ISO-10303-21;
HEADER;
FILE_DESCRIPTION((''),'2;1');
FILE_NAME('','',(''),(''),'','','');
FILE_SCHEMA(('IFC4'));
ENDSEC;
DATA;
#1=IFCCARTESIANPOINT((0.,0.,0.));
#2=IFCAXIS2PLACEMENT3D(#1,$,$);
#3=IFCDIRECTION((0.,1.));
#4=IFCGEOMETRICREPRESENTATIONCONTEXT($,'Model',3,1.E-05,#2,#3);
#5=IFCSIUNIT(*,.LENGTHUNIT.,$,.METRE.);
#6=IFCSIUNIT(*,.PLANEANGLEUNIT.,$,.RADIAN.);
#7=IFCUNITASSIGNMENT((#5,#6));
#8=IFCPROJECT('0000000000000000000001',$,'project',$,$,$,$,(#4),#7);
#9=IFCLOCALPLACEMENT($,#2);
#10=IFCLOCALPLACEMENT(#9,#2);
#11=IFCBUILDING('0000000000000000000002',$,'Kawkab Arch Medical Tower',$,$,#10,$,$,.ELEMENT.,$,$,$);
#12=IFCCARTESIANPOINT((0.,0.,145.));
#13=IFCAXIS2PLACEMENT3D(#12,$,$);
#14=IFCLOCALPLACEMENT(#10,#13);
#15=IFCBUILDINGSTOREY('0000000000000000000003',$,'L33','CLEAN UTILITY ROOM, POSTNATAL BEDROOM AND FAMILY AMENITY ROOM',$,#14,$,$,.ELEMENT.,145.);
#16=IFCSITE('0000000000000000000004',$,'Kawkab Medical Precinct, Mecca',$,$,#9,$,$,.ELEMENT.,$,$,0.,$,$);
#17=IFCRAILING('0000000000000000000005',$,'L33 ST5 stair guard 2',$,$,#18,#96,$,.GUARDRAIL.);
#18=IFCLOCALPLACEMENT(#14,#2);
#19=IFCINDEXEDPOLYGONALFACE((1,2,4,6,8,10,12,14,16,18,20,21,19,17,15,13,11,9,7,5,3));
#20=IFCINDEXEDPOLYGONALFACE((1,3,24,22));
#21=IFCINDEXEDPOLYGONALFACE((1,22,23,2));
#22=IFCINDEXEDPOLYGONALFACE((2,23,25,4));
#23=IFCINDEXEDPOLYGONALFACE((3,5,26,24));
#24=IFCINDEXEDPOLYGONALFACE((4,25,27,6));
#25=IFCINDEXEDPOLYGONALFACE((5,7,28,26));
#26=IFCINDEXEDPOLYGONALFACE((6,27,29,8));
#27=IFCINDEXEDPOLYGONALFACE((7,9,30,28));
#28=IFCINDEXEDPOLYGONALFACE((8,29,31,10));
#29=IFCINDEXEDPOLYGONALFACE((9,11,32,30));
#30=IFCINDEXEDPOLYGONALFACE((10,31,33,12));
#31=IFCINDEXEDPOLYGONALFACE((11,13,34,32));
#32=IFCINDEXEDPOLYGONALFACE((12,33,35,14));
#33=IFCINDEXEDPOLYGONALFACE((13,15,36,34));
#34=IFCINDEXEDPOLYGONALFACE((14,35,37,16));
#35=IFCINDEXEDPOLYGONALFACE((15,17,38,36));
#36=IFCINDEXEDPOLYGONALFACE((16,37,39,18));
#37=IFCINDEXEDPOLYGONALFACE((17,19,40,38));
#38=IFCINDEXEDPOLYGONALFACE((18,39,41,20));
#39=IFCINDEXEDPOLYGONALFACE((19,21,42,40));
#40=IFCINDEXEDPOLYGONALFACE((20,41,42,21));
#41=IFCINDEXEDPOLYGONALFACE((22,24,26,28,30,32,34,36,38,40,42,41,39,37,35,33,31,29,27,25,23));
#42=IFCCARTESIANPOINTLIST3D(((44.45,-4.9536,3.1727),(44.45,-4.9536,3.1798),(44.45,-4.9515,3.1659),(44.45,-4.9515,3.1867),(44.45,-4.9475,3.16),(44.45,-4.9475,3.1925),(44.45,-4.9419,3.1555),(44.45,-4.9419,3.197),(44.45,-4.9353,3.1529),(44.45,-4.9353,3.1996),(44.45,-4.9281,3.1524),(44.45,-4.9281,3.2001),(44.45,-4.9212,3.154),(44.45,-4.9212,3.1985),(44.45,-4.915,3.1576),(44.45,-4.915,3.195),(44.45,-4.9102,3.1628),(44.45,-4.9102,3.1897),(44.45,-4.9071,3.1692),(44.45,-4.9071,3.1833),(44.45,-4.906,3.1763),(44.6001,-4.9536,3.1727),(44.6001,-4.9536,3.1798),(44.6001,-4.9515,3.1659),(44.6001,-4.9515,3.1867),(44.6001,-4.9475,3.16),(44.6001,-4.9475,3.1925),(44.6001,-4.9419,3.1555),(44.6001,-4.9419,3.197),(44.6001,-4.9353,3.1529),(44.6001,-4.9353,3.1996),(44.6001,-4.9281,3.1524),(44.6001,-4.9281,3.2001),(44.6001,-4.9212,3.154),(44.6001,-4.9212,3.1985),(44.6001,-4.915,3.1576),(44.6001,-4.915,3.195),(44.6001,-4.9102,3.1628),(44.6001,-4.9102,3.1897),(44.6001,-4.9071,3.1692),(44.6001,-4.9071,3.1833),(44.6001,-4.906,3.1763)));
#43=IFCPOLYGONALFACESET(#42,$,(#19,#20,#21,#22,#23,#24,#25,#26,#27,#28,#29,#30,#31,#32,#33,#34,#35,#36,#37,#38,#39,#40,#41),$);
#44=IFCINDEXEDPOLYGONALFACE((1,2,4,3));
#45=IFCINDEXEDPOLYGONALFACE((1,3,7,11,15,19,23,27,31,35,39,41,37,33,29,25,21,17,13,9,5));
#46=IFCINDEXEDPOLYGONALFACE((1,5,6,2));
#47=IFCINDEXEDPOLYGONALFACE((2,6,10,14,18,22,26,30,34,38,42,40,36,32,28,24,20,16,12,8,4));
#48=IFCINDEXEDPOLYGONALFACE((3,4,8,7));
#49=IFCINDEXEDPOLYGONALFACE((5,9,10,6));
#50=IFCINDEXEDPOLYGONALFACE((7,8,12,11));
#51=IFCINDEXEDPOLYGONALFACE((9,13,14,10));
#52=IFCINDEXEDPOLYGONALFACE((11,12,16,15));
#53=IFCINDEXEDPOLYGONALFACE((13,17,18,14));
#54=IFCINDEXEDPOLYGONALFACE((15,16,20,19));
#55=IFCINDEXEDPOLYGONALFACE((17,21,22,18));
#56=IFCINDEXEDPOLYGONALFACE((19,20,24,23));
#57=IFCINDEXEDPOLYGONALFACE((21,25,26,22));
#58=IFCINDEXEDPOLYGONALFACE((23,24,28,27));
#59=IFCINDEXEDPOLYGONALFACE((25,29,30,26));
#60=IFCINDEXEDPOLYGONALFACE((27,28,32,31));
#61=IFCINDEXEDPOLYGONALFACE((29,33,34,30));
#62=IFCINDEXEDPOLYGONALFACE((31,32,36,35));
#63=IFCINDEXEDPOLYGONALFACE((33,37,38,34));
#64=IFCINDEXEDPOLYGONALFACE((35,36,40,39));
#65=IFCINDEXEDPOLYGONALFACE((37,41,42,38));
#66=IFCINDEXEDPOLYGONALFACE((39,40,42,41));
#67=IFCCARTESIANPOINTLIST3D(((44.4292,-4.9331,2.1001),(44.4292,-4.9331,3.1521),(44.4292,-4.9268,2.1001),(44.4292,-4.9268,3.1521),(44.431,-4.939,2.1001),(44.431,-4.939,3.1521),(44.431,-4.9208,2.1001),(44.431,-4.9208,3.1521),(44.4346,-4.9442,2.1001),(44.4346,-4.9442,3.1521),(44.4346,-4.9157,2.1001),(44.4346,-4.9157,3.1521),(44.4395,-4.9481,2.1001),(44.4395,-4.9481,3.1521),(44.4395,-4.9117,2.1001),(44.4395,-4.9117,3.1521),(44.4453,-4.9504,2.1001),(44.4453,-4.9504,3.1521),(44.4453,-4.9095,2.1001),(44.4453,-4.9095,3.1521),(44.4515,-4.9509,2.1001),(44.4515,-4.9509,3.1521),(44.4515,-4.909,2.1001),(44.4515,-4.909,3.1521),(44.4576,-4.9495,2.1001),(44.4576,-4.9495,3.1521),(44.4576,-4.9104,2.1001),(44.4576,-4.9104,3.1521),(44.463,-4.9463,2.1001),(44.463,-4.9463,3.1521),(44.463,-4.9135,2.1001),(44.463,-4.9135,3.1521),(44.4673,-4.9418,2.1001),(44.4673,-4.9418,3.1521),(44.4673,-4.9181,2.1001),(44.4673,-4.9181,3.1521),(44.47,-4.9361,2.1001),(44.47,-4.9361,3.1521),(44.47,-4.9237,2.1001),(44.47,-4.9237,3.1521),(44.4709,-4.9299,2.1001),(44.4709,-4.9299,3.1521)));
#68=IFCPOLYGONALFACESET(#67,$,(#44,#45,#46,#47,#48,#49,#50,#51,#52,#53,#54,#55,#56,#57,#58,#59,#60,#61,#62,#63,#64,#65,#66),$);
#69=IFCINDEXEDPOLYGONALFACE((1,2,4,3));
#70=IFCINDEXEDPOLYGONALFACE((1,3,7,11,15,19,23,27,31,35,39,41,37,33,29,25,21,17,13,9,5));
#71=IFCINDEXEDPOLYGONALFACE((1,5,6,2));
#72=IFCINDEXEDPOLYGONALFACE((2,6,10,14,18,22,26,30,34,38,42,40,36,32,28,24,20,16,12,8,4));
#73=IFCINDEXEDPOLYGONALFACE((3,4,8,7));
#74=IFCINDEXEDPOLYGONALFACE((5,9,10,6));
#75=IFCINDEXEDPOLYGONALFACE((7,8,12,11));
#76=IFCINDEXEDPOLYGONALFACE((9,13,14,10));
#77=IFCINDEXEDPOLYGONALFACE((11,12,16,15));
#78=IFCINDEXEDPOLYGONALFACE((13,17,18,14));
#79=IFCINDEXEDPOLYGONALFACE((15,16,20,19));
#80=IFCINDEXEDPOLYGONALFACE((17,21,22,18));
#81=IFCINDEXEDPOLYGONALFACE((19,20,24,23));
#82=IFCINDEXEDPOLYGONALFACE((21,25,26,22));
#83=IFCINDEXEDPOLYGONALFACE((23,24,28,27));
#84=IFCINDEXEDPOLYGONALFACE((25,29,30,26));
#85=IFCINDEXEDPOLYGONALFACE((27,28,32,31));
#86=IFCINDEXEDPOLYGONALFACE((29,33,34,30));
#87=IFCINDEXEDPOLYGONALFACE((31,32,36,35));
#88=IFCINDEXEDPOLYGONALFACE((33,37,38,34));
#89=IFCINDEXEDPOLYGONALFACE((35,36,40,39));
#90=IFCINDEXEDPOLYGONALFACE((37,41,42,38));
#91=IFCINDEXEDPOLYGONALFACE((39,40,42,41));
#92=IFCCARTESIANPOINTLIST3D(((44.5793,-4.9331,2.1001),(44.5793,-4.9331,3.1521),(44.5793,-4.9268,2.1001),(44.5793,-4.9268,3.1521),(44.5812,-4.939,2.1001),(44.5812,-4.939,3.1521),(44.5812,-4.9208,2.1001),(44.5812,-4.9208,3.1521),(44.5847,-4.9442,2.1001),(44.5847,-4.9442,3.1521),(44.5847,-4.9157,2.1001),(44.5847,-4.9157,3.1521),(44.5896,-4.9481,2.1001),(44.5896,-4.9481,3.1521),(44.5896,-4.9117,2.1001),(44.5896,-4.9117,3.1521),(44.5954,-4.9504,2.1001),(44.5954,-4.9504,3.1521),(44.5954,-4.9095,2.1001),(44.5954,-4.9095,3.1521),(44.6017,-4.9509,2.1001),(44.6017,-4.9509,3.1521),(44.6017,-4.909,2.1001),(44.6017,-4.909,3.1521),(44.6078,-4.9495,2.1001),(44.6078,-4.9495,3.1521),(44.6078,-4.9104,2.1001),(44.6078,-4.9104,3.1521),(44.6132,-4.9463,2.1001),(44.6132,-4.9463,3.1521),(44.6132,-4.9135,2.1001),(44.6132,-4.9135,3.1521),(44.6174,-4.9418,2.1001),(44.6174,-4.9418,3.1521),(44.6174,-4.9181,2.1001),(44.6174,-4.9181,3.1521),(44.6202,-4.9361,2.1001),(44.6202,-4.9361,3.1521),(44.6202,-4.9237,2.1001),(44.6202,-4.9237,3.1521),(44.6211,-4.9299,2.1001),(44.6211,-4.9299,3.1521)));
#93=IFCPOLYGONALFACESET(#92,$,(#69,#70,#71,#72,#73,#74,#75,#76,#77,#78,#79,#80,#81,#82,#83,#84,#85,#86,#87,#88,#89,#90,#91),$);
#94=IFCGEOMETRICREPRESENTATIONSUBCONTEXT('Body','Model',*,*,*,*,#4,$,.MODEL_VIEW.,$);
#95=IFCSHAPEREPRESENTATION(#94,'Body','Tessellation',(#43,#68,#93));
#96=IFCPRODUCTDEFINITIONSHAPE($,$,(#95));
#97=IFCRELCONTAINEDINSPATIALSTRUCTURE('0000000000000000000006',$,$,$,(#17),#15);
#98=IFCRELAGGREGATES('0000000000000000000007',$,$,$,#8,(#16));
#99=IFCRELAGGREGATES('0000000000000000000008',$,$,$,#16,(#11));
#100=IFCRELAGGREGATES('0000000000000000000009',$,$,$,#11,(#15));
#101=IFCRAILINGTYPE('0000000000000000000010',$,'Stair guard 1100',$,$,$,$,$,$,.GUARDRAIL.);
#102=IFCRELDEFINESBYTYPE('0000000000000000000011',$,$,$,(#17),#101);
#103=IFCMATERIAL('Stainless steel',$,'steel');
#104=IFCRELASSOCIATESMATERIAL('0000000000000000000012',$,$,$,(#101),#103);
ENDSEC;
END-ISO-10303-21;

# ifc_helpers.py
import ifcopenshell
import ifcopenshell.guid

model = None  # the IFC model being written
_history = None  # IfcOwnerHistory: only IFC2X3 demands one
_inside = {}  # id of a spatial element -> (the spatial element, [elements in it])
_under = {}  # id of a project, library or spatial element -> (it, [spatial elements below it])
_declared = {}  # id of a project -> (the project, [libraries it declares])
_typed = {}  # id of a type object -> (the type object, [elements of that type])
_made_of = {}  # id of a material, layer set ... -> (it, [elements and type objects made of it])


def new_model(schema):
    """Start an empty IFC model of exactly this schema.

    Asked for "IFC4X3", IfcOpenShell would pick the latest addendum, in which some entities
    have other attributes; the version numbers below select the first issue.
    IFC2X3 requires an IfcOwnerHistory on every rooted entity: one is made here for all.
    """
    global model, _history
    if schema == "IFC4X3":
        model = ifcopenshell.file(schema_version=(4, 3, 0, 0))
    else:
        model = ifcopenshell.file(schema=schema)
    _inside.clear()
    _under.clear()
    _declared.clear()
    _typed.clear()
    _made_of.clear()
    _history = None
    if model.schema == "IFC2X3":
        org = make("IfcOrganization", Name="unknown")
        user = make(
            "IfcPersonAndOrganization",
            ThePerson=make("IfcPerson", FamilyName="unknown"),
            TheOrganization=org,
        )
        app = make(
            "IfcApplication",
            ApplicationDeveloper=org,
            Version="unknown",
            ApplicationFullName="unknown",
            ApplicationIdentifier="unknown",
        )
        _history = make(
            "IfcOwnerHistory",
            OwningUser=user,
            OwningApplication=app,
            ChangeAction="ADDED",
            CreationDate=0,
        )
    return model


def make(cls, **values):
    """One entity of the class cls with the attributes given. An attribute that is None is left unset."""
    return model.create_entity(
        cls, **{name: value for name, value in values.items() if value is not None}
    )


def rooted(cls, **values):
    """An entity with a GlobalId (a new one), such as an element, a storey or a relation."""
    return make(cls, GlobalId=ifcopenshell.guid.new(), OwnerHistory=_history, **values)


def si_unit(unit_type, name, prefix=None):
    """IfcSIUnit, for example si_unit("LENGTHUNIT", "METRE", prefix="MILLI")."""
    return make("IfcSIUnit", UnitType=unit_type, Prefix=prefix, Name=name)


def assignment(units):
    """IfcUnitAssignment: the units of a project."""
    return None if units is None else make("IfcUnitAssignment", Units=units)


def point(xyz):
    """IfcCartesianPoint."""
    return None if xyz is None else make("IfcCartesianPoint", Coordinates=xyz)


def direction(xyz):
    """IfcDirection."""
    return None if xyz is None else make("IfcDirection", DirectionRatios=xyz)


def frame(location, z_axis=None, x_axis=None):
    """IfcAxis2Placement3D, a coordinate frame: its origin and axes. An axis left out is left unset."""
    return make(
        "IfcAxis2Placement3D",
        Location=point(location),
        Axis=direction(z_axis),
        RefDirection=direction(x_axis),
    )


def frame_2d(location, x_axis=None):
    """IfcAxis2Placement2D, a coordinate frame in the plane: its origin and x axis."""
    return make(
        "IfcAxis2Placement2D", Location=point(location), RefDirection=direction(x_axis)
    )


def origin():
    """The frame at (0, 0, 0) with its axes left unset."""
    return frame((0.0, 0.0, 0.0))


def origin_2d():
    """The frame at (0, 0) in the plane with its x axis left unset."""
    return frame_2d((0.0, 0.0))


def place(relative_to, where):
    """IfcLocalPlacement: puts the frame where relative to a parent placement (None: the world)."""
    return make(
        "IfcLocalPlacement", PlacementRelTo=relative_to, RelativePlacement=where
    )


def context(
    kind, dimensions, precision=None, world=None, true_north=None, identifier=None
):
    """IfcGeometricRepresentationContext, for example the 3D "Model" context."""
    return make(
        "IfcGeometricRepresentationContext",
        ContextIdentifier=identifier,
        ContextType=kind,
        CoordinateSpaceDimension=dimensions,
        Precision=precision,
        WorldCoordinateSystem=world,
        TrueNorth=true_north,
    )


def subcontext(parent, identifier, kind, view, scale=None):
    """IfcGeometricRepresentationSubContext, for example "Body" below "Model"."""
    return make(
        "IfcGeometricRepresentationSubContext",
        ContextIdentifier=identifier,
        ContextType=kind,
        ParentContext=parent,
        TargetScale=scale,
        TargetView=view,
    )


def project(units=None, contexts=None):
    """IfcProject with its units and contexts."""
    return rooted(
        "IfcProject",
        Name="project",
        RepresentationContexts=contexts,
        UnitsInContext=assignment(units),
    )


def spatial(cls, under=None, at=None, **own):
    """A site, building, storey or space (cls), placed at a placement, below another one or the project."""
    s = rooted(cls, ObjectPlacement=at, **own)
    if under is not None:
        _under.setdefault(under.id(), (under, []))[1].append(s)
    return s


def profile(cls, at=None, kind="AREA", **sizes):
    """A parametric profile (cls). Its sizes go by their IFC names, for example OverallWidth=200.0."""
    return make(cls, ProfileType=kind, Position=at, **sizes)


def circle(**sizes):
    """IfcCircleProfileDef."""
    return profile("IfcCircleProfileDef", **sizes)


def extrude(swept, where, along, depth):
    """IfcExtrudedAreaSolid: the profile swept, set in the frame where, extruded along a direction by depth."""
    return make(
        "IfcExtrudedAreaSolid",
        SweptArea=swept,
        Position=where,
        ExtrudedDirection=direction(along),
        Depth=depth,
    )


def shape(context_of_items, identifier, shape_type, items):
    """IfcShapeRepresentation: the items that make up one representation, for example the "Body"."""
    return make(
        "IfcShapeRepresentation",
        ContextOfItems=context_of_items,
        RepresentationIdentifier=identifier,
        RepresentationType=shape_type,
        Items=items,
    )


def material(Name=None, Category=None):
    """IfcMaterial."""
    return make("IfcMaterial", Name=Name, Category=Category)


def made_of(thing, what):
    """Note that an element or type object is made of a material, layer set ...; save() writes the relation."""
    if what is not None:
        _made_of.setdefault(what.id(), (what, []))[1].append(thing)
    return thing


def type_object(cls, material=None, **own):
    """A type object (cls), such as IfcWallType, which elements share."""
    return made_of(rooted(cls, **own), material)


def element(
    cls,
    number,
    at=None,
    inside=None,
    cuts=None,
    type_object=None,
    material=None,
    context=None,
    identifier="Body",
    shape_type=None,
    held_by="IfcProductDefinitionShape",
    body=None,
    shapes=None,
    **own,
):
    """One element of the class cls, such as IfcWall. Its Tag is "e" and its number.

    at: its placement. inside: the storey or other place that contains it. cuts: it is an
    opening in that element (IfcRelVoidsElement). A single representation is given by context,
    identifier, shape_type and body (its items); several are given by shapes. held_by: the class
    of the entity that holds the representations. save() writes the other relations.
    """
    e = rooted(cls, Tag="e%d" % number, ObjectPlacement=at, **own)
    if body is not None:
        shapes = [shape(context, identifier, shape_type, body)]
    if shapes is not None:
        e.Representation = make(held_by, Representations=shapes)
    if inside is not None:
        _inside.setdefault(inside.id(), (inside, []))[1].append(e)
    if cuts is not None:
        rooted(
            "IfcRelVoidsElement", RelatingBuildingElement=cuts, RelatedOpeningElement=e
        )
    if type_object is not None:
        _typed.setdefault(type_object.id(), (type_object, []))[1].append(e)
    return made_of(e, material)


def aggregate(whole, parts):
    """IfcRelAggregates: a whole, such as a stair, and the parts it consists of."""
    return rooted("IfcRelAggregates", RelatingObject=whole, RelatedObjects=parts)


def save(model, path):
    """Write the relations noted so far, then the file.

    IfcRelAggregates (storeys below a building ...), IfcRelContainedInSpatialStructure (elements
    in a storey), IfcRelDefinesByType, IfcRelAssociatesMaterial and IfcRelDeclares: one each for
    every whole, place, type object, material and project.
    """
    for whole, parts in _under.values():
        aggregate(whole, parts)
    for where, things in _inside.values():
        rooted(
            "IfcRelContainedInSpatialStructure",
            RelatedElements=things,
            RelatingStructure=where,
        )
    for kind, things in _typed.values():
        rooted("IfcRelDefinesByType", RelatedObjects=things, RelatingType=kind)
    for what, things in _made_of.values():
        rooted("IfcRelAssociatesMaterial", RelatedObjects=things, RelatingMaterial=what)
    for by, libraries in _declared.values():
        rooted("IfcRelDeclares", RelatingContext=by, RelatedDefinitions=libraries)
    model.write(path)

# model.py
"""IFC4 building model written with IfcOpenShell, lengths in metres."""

from ifc_helpers import new_model, si_unit, direction, frame, origin, origin_2d, place, context, subcontext, project, spatial, circle, extrude, material, type_object, element, save


model = new_model("IFC4")

# Units and contexts
model_context = context("Model", 3, precision=1e-05, world=origin(), true_north=direction((0.0, 1.0)))
body_context = subcontext(model_context, "Body", "Model", "MODEL_VIEW")
ifc_project = project(units=[si_unit("LENGTHUNIT", "METRE"), si_unit("PLANEANGLEUNIT", "RADIAN")], contexts=[model_context])

# Site, building, storey
site_placement = place(None, origin())
site = spatial("IfcSite", under=ifc_project, at=site_placement, Name="Kawkab Medical Precinct, Mecca", CompositionType="ELEMENT", RefElevation=0.0)
building_placement = place(site_placement, origin())
building = spatial("IfcBuilding", under=site, at=building_placement, Name="Kawkab Arch Medical Tower", CompositionType="ELEMENT")
storey_placement = place(building_placement, frame((0.0, 0.0, 145.0)))
storey = spatial("IfcBuildingStorey", under=building, at=storey_placement, Name="L33", Description="CLEAN UTILITY ROOM, POSTNATAL BEDROOM AND FAMILY AMENITY ROOM", CompositionType="ELEMENT", Elevation=145.0)

# Railing
ifc_material_1 = material(Name="Stainless steel", Category="steel")
railing_type = type_object("IfcRailingType", Name="Stair guard 1100", PredefinedType="GUARDRAIL", material=ifc_material_1)
railing_1_placement = place(storey_placement, frame((44.45, -4.9299, 2.1001)))
element("IfcRailing", 1, at=railing_1_placement, inside=storey, type_object=railing_type, Name="L33 ST5 stair guard 2", PredefinedType="GUARDRAIL", context=body_context, shape_type="SweptSolid", body=[
    extrude(circle(Radius=0.0239, at=origin_2d()), frame((0.0, 0.0, 1.0762), z_axis=(1.0, 0.0, 0.0), x_axis=(0.0, 1.0, 0.0)), (0.0, 0.0, 1.0), 0.1501),
    extrude(circle(Radius=0.021, at=origin_2d()), origin(), (0.0, 0.0, 1.0), 1.052),
    extrude(circle(Radius=0.021, at=origin_2d()), frame((0.1501, 0.0, 0.0)), (0.0, 0.0, 1.0), 1.052),
])

save(model, "model.ifc")
